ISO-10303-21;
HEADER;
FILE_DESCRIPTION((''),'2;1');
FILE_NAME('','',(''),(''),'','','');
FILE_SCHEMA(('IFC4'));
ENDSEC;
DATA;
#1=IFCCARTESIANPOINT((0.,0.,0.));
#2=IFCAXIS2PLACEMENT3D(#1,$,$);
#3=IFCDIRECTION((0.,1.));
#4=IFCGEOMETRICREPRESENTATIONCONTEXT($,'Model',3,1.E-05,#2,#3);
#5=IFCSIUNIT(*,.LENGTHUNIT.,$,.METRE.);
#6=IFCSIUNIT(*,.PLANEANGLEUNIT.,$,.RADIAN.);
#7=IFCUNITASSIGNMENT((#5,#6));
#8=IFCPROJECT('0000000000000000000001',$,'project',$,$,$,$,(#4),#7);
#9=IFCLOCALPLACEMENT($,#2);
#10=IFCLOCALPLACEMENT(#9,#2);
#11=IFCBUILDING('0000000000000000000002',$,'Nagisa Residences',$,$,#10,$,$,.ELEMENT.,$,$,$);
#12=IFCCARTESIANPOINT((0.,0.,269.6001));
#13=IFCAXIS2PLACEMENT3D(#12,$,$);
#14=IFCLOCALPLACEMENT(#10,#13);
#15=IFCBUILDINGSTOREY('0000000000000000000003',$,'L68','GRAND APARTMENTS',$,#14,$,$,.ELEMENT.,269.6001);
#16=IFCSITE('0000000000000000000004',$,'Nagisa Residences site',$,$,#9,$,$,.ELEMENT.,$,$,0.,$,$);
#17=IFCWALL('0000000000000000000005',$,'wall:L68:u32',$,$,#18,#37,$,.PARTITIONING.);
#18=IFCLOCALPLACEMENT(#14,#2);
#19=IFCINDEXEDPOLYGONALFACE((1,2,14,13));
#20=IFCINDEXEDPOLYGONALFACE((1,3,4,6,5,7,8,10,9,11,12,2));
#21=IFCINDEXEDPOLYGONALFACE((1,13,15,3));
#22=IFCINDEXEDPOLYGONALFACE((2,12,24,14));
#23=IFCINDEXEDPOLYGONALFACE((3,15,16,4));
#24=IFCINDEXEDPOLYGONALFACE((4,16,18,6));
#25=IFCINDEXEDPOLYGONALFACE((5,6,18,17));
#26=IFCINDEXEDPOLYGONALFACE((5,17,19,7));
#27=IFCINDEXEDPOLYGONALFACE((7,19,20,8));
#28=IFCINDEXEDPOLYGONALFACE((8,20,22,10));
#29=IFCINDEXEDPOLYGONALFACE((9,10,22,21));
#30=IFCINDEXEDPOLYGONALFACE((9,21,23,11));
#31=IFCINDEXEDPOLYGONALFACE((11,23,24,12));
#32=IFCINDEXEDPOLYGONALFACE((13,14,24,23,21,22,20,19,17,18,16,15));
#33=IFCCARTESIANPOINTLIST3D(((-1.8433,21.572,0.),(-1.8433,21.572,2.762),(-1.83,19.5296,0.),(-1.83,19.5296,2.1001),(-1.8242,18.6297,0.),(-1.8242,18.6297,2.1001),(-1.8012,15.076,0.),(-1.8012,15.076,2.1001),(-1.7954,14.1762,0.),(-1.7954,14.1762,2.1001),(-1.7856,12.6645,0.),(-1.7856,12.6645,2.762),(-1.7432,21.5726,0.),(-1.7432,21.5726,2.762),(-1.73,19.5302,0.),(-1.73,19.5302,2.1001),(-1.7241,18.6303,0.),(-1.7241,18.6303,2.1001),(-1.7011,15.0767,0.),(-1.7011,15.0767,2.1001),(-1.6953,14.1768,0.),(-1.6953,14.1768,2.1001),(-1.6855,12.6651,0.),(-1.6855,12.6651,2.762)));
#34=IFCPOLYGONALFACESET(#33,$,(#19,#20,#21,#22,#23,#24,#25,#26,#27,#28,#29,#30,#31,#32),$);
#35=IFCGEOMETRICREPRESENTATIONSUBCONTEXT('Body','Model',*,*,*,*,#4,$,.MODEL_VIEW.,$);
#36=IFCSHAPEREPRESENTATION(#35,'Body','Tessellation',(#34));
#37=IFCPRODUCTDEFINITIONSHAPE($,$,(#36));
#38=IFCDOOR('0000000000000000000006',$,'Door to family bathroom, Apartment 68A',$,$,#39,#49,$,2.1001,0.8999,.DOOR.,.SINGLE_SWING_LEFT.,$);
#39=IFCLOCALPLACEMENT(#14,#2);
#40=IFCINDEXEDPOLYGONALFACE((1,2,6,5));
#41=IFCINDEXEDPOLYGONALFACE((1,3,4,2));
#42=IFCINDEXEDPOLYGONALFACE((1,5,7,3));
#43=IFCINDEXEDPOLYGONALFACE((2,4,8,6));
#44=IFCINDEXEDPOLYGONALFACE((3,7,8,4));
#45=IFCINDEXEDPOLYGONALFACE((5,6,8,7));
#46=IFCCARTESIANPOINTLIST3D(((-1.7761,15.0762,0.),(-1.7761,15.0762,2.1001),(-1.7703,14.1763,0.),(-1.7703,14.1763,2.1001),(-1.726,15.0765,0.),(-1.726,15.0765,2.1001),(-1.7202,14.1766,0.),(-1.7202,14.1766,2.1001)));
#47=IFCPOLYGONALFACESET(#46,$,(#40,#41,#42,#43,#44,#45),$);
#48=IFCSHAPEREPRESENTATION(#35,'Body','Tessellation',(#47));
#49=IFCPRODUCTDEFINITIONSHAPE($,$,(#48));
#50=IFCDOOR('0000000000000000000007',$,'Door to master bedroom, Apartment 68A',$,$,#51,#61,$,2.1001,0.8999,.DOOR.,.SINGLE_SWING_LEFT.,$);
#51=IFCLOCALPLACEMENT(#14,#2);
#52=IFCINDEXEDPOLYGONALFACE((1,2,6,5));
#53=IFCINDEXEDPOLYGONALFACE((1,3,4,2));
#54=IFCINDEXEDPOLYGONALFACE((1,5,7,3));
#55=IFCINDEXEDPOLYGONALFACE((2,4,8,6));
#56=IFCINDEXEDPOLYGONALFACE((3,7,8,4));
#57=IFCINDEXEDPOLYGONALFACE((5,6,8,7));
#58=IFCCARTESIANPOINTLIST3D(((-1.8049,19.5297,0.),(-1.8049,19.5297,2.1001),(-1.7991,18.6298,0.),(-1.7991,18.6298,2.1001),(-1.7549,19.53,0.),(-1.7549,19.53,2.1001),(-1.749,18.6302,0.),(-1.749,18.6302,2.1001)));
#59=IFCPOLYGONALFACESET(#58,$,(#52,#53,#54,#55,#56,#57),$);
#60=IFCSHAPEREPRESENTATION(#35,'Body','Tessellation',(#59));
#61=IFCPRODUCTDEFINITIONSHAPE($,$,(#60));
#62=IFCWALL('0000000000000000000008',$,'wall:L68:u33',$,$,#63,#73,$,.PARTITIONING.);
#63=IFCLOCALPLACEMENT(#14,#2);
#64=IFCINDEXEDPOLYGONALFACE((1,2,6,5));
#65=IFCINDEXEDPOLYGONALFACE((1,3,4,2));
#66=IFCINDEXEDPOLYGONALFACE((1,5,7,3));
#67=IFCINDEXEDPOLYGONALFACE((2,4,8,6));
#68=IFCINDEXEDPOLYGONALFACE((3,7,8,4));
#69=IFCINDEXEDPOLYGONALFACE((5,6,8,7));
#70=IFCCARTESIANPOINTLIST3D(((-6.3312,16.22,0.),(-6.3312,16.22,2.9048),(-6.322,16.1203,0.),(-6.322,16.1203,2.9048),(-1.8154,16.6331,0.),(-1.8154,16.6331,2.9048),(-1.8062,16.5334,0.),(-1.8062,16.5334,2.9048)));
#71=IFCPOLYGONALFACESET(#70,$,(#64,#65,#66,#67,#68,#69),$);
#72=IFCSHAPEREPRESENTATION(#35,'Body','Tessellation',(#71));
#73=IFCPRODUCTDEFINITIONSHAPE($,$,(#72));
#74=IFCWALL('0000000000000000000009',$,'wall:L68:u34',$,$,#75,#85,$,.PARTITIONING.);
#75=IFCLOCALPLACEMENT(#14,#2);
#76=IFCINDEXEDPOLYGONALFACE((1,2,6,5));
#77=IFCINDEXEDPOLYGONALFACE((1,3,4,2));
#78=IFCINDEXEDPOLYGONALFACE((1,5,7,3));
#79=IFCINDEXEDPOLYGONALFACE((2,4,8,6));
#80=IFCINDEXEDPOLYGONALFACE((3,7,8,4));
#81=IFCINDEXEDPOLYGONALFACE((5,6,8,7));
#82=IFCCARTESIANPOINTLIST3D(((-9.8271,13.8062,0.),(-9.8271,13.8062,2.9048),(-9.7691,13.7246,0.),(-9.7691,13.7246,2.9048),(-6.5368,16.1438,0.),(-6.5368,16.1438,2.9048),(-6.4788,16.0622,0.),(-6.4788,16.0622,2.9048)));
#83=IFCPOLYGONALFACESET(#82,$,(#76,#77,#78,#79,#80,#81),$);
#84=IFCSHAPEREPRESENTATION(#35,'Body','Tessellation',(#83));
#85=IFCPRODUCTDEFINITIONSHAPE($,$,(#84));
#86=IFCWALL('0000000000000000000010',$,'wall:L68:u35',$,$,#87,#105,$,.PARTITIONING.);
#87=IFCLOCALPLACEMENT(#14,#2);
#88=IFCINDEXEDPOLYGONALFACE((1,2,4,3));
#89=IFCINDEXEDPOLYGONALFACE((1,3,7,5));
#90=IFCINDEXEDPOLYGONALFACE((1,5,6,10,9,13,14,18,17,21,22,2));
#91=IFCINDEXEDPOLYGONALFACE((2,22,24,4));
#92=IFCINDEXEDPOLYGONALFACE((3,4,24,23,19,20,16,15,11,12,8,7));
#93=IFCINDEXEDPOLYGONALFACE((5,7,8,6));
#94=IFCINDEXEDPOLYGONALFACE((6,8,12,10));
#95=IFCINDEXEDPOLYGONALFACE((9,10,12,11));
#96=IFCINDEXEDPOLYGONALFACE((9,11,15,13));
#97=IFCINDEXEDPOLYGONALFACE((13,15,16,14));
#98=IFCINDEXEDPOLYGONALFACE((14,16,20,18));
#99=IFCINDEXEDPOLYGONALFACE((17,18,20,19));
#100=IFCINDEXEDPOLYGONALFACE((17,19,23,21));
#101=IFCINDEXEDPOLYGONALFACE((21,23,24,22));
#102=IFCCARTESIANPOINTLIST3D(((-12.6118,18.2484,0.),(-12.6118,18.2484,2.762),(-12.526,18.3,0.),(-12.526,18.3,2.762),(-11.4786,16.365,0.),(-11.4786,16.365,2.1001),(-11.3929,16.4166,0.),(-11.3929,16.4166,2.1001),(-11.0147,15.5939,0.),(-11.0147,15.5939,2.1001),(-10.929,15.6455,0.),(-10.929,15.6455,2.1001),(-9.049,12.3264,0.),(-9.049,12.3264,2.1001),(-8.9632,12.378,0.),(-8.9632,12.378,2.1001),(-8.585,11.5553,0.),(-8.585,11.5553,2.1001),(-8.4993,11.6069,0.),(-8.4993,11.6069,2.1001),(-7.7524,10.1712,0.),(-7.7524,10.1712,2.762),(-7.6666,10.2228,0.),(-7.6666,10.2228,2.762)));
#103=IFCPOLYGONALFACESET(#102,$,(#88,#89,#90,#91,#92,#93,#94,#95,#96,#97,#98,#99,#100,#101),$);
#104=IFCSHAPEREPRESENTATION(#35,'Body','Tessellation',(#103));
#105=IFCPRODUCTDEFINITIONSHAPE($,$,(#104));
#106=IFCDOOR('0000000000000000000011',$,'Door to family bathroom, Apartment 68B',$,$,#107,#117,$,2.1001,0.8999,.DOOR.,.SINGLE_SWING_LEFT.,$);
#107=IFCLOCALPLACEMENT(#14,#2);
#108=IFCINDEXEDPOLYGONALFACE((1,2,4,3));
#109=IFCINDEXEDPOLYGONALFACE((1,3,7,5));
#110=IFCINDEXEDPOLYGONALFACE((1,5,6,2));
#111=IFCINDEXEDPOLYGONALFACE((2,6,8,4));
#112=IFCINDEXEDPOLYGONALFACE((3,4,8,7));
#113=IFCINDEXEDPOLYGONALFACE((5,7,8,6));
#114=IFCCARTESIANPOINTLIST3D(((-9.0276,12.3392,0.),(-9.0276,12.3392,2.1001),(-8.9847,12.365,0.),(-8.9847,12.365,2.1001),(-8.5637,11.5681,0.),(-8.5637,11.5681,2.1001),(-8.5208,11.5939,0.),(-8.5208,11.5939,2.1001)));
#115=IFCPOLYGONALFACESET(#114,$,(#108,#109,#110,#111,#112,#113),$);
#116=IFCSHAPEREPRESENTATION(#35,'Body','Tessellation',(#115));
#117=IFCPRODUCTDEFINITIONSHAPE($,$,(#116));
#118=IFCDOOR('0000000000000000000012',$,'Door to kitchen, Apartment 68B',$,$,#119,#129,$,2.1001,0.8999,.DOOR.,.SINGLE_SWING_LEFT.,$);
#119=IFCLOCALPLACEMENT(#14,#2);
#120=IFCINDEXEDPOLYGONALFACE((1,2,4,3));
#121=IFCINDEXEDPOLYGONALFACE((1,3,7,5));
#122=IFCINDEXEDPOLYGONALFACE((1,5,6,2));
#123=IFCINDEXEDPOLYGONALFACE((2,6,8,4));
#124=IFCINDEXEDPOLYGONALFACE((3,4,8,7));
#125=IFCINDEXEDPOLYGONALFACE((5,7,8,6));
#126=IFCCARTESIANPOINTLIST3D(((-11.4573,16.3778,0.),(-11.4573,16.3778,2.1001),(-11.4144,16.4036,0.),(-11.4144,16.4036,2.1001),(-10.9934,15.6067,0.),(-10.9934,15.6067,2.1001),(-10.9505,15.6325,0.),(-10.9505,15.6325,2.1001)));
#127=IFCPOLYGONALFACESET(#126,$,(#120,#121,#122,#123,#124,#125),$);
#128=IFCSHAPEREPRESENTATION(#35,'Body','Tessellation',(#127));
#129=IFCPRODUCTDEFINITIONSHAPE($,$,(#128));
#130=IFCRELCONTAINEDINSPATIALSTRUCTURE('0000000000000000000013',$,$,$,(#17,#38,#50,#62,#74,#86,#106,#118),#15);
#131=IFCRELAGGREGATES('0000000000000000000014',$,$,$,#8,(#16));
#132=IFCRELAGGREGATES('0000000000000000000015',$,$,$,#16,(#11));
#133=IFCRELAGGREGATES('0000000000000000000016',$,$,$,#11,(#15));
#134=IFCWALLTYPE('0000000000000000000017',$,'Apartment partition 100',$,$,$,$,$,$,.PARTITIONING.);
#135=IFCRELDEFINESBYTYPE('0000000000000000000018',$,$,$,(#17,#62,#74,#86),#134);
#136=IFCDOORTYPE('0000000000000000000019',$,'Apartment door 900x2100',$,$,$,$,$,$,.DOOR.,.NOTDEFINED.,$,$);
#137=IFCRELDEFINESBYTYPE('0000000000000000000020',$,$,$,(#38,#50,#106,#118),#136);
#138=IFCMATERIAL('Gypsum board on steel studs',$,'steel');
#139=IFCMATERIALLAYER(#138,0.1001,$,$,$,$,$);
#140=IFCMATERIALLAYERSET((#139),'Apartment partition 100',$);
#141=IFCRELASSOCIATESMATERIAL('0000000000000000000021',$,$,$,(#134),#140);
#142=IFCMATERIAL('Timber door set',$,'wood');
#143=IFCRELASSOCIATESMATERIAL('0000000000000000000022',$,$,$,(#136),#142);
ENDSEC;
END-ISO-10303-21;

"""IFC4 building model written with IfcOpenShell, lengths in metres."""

from ifc_helpers import new_model, si_unit, direction, frame, frame_2d, origin, place, context, subcontext, project, spatial, rectangle, extrude, material, layer, layer_set, type_object, element, fill, save


model = new_model("IFC4")

# Units and contexts
model_context = context("Model", 3, precision=1e-05, world=origin(), true_north=direction((0.0, 1.0)))
body_context = subcontext(model_context, "Body", "Model", "MODEL_VIEW")
ifc_project = project(units=[si_unit("LENGTHUNIT", "METRE"), si_unit("PLANEANGLEUNIT", "RADIAN")], contexts=[model_context])

# Site, building, storey
site_placement = place(None, origin())
site = spatial("IfcSite", under=ifc_project, at=site_placement, Name="Nagisa Residences site", CompositionType="ELEMENT", RefElevation=0.0)
building_placement = place(site_placement, origin())
building = spatial("IfcBuilding", under=site, at=building_placement, Name="Nagisa Residences", CompositionType="ELEMENT")
storey_placement = place(building_placement, frame((0.0, 0.0, 269.6001)))
storey = spatial("IfcBuildingStorey", under=building, at=storey_placement, Name="L68", Description="GRAND APARTMENTS", CompositionType="ELEMENT", Elevation=269.6001)

# Wall, openings, doors
ifc_material_1 = material(Name="Gypsum board on steel studs", Category="steel")
ifc_layer_1 = layer(ifc_material_1, 0.1001)
ifc_layer_set_1 = layer_set([ifc_layer_1], Name="Apartment partition 100")
wall_type_1 = type_object("IfcWallType", Name="Apartment partition 100", PredefinedType="PARTITIONING", material=ifc_layer_set_1)
wall_1_placement = place(storey_placement, frame((-1.7356, 12.6648, 0.0), z_axis=(0.0, 0.0, 1.0), x_axis=(-0.006468, 0.999979, 0.0)))
wall_1 = element("IfcWall", 1, at=wall_1_placement, inside=storey, type_object=wall_type_1, Name="wall:L68:u32", PredefinedType="PARTITIONING", context=body_context, shape_type="SweptSolid", body=[
    extrude(rectangle(XDim=8.9077, YDim=0.1001, at=frame_2d((4.4539, 0.0))), origin(), (0.0, 0.0, 1.0), 2.762),
])
opening_1_placement = place(wall_1_placement, frame((1.5117, 0.0, 0.0)))
opening_1 = element("IfcOpeningElement", 2, at=opening_1_placement, cuts=wall_1, PredefinedType="OPENING", context=body_context, shape_type="SweptSolid", body=[
    extrude(rectangle(XDim=0.8999, YDim=2.1001, at=frame_2d((0.45, 1.05))), frame((0.0, 0.0601, 0.0), z_axis=(0.0, -1.0, 0.0), x_axis=(1.0, 0.0, 0.0)), (0.0, 0.0, 1.0), 0.1201),
])
opening_2_placement = place(wall_1_placement, frame((5.9653, 0.0, 0.0)))
opening_2 = element("IfcOpeningElement", 3, at=opening_2_placement, cuts=wall_1, PredefinedType="OPENING", context=body_context, shape_type="SweptSolid", body=[
    extrude(rectangle(XDim=0.8999, YDim=2.1001, at=frame_2d((0.45, 1.05))), frame((0.0, 0.0601, 0.0), z_axis=(0.0, -1.0, 0.0), x_axis=(1.0, 0.0, 0.0)), (0.0, 0.0, 1.0), 0.1201),
])
ifc_material_2 = material(Name="Timber door set", Category="wood")
door_type_1 = type_object("IfcDoorType", Name="Apartment door 900x2100", OperationType="NOTDEFINED", PredefinedType="DOOR", material=ifc_material_2)
door_1_placement = place(opening_1_placement, origin())
door_1 = element("IfcDoor", 4, at=door_1_placement, inside=storey, type_object=door_type_1, Name="Door to family bathroom, Apartment 68A", OperationType="SINGLE_SWING_LEFT", OverallHeight=2.1001, OverallWidth=0.8999, PredefinedType="DOOR", context=body_context, shape_type="SweptSolid", body=[
    extrude(rectangle(XDim=0.8999, YDim=2.1001, at=frame_2d((0.45, 1.05))), frame((0.0, 0.0249, 0.0), z_axis=(0.0, -1.0, 0.0), x_axis=(1.0, 0.0, 0.0)), (0.0, 0.0, 1.0), 0.05),
])
fill(opening_1, door_1)
door_2_placement = place(opening_2_placement, origin())
door_2 = element("IfcDoor", 5, at=door_2_placement, inside=storey, type_object=door_type_1, Name="Door to master bedroom, Apartment 68A", OperationType="SINGLE_SWING_LEFT", OverallHeight=2.1001, OverallWidth=0.8999, PredefinedType="DOOR", context=body_context, shape_type="SweptSolid", body=[
    extrude(rectangle(XDim=0.8999, YDim=2.1001, at=frame_2d((0.45, 1.05))), frame((0.0, 0.0249, 0.0), z_axis=(0.0, -1.0, 0.0), x_axis=(1.0, 0.0, 0.0)), (0.0, 0.0, 1.0), 0.05),
])
fill(opening_2, door_2)

# Walls
wall_2_placement = place(storey_placement, frame((-1.8108, 16.5833, 0.0), z_axis=(0.0, 0.0, 1.0), x_axis=(-0.995842, -0.091094, 0.0)))
element("IfcWall", 6, at=wall_2_placement, inside=storey, type_object=wall_type_1, Name="wall:L68:u33", PredefinedType="PARTITIONING", context=body_context, shape_type="SweptSolid", body=[
    extrude(rectangle(XDim=4.5347, YDim=0.1001, at=frame_2d((2.2673, 0.0))), origin(), (0.0, 0.0, 1.0), 2.9048),
])
wall_3_placement = place(storey_placement, frame((-6.5078, 16.103, 0.0), z_axis=(0.0, 0.0, 1.0), x_axis=(-0.815202, -0.579176, 0.0)))
element("IfcWall", 7, at=wall_3_placement, inside=storey, type_object=wall_type_1, Name="wall:L68:u34", PredefinedType="PARTITIONING", context=body_context, shape_type="SweptSolid", body=[
    extrude(rectangle(XDim=4.0361, YDim=0.1001, at=frame_2d((2.0181, 0.0))), origin(), (0.0, 0.0, 1.0), 2.9048),
])

# Wall, openings, doors
wall_4_placement = place(storey_placement, frame((-7.7095, 10.197, 0.0), z_axis=(0.0, 0.0, 1.0), x_axis=(-0.515516, 0.85688, 0.0)))
wall_4 = element("IfcWall", 8, at=wall_4_placement, inside=storey, type_object=wall_type_1, Name="wall:L68:u35", PredefinedType="PARTITIONING", context=body_context, shape_type="SweptSolid", body=[
    extrude(rectangle(XDim=9.4263, YDim=0.1001, at=frame_2d((4.7131, 0.0))), origin(), (0.0, 0.0, 1.0), 2.762),
])
opening_3_placement = place(wall_4_placement, frame((1.6152, 0.0, 0.0)))
opening_3 = element("IfcOpeningElement", 9, at=opening_3_placement, cuts=wall_4, PredefinedType="OPENING", context=body_context, shape_type="SweptSolid", body=[
    extrude(rectangle(XDim=0.8999, YDim=2.1001, at=frame_2d((0.45, 1.05))), frame((0.0, 0.0601, 0.0), z_axis=(0.0, -1.0, 0.0), x_axis=(1.0, 0.0, 0.0)), (0.0, 0.0, 1.0), 0.1201),
])
opening_4_placement = place(wall_4_placement, frame((6.3284, 0.0, 0.0)))
opening_4 = element("IfcOpeningElement", 10, at=opening_4_placement, cuts=wall_4, PredefinedType="OPENING", context=body_context, shape_type="SweptSolid", body=[
    extrude(rectangle(XDim=0.8999, YDim=2.1001, at=frame_2d((0.45, 1.05))), frame((0.0, 0.0601, 0.0), z_axis=(0.0, -1.0, 0.0), x_axis=(1.0, 0.0, 0.0)), (0.0, 0.0, 1.0), 0.1201),
])
door_3_placement = place(opening_3_placement, frame((0.8999, 0.0, 0.0), x_axis=(-1.0, 0.0, 0.0)))
door_3 = element("IfcDoor", 11, at=door_3_placement, inside=storey, type_object=door_type_1, Name="Door to family bathroom, Apartment 68B", OperationType="SINGLE_SWING_LEFT", OverallHeight=2.1001, OverallWidth=0.8999, PredefinedType="DOOR", context=body_context, shape_type="SweptSolid", body=[
    extrude(rectangle(XDim=0.8999, YDim=2.1001, at=frame_2d((0.45, 1.05))), frame((0.0, 0.0249, 0.0), z_axis=(0.0, -1.0, 0.0), x_axis=(1.0, 0.0, 0.0)), (0.0, 0.0, 1.0), 0.05),
])
fill(opening_3, door_3)
door_4_placement = place(opening_4_placement, frame((0.8999, 0.0, 0.0), x_axis=(-1.0, 0.0, 0.0)))
door_4 = element("IfcDoor", 12, at=door_4_placement, inside=storey, type_object=door_type_1, Name="Door to kitchen, Apartment 68B", OperationType="SINGLE_SWING_LEFT", OverallHeight=2.1001, OverallWidth=0.8999, PredefinedType="DOOR", context=body_context, shape_type="SweptSolid", body=[
    extrude(rectangle(XDim=0.8999, YDim=2.1001, at=frame_2d((0.45, 1.05))), frame((0.0, 0.0249, 0.0), z_axis=(0.0, -1.0, 0.0), x_axis=(1.0, 0.0, 0.0)), (0.0, 0.0, 1.0), 0.05),
])
fill(opening_4, door_4)

save(model, "model.ifc")
